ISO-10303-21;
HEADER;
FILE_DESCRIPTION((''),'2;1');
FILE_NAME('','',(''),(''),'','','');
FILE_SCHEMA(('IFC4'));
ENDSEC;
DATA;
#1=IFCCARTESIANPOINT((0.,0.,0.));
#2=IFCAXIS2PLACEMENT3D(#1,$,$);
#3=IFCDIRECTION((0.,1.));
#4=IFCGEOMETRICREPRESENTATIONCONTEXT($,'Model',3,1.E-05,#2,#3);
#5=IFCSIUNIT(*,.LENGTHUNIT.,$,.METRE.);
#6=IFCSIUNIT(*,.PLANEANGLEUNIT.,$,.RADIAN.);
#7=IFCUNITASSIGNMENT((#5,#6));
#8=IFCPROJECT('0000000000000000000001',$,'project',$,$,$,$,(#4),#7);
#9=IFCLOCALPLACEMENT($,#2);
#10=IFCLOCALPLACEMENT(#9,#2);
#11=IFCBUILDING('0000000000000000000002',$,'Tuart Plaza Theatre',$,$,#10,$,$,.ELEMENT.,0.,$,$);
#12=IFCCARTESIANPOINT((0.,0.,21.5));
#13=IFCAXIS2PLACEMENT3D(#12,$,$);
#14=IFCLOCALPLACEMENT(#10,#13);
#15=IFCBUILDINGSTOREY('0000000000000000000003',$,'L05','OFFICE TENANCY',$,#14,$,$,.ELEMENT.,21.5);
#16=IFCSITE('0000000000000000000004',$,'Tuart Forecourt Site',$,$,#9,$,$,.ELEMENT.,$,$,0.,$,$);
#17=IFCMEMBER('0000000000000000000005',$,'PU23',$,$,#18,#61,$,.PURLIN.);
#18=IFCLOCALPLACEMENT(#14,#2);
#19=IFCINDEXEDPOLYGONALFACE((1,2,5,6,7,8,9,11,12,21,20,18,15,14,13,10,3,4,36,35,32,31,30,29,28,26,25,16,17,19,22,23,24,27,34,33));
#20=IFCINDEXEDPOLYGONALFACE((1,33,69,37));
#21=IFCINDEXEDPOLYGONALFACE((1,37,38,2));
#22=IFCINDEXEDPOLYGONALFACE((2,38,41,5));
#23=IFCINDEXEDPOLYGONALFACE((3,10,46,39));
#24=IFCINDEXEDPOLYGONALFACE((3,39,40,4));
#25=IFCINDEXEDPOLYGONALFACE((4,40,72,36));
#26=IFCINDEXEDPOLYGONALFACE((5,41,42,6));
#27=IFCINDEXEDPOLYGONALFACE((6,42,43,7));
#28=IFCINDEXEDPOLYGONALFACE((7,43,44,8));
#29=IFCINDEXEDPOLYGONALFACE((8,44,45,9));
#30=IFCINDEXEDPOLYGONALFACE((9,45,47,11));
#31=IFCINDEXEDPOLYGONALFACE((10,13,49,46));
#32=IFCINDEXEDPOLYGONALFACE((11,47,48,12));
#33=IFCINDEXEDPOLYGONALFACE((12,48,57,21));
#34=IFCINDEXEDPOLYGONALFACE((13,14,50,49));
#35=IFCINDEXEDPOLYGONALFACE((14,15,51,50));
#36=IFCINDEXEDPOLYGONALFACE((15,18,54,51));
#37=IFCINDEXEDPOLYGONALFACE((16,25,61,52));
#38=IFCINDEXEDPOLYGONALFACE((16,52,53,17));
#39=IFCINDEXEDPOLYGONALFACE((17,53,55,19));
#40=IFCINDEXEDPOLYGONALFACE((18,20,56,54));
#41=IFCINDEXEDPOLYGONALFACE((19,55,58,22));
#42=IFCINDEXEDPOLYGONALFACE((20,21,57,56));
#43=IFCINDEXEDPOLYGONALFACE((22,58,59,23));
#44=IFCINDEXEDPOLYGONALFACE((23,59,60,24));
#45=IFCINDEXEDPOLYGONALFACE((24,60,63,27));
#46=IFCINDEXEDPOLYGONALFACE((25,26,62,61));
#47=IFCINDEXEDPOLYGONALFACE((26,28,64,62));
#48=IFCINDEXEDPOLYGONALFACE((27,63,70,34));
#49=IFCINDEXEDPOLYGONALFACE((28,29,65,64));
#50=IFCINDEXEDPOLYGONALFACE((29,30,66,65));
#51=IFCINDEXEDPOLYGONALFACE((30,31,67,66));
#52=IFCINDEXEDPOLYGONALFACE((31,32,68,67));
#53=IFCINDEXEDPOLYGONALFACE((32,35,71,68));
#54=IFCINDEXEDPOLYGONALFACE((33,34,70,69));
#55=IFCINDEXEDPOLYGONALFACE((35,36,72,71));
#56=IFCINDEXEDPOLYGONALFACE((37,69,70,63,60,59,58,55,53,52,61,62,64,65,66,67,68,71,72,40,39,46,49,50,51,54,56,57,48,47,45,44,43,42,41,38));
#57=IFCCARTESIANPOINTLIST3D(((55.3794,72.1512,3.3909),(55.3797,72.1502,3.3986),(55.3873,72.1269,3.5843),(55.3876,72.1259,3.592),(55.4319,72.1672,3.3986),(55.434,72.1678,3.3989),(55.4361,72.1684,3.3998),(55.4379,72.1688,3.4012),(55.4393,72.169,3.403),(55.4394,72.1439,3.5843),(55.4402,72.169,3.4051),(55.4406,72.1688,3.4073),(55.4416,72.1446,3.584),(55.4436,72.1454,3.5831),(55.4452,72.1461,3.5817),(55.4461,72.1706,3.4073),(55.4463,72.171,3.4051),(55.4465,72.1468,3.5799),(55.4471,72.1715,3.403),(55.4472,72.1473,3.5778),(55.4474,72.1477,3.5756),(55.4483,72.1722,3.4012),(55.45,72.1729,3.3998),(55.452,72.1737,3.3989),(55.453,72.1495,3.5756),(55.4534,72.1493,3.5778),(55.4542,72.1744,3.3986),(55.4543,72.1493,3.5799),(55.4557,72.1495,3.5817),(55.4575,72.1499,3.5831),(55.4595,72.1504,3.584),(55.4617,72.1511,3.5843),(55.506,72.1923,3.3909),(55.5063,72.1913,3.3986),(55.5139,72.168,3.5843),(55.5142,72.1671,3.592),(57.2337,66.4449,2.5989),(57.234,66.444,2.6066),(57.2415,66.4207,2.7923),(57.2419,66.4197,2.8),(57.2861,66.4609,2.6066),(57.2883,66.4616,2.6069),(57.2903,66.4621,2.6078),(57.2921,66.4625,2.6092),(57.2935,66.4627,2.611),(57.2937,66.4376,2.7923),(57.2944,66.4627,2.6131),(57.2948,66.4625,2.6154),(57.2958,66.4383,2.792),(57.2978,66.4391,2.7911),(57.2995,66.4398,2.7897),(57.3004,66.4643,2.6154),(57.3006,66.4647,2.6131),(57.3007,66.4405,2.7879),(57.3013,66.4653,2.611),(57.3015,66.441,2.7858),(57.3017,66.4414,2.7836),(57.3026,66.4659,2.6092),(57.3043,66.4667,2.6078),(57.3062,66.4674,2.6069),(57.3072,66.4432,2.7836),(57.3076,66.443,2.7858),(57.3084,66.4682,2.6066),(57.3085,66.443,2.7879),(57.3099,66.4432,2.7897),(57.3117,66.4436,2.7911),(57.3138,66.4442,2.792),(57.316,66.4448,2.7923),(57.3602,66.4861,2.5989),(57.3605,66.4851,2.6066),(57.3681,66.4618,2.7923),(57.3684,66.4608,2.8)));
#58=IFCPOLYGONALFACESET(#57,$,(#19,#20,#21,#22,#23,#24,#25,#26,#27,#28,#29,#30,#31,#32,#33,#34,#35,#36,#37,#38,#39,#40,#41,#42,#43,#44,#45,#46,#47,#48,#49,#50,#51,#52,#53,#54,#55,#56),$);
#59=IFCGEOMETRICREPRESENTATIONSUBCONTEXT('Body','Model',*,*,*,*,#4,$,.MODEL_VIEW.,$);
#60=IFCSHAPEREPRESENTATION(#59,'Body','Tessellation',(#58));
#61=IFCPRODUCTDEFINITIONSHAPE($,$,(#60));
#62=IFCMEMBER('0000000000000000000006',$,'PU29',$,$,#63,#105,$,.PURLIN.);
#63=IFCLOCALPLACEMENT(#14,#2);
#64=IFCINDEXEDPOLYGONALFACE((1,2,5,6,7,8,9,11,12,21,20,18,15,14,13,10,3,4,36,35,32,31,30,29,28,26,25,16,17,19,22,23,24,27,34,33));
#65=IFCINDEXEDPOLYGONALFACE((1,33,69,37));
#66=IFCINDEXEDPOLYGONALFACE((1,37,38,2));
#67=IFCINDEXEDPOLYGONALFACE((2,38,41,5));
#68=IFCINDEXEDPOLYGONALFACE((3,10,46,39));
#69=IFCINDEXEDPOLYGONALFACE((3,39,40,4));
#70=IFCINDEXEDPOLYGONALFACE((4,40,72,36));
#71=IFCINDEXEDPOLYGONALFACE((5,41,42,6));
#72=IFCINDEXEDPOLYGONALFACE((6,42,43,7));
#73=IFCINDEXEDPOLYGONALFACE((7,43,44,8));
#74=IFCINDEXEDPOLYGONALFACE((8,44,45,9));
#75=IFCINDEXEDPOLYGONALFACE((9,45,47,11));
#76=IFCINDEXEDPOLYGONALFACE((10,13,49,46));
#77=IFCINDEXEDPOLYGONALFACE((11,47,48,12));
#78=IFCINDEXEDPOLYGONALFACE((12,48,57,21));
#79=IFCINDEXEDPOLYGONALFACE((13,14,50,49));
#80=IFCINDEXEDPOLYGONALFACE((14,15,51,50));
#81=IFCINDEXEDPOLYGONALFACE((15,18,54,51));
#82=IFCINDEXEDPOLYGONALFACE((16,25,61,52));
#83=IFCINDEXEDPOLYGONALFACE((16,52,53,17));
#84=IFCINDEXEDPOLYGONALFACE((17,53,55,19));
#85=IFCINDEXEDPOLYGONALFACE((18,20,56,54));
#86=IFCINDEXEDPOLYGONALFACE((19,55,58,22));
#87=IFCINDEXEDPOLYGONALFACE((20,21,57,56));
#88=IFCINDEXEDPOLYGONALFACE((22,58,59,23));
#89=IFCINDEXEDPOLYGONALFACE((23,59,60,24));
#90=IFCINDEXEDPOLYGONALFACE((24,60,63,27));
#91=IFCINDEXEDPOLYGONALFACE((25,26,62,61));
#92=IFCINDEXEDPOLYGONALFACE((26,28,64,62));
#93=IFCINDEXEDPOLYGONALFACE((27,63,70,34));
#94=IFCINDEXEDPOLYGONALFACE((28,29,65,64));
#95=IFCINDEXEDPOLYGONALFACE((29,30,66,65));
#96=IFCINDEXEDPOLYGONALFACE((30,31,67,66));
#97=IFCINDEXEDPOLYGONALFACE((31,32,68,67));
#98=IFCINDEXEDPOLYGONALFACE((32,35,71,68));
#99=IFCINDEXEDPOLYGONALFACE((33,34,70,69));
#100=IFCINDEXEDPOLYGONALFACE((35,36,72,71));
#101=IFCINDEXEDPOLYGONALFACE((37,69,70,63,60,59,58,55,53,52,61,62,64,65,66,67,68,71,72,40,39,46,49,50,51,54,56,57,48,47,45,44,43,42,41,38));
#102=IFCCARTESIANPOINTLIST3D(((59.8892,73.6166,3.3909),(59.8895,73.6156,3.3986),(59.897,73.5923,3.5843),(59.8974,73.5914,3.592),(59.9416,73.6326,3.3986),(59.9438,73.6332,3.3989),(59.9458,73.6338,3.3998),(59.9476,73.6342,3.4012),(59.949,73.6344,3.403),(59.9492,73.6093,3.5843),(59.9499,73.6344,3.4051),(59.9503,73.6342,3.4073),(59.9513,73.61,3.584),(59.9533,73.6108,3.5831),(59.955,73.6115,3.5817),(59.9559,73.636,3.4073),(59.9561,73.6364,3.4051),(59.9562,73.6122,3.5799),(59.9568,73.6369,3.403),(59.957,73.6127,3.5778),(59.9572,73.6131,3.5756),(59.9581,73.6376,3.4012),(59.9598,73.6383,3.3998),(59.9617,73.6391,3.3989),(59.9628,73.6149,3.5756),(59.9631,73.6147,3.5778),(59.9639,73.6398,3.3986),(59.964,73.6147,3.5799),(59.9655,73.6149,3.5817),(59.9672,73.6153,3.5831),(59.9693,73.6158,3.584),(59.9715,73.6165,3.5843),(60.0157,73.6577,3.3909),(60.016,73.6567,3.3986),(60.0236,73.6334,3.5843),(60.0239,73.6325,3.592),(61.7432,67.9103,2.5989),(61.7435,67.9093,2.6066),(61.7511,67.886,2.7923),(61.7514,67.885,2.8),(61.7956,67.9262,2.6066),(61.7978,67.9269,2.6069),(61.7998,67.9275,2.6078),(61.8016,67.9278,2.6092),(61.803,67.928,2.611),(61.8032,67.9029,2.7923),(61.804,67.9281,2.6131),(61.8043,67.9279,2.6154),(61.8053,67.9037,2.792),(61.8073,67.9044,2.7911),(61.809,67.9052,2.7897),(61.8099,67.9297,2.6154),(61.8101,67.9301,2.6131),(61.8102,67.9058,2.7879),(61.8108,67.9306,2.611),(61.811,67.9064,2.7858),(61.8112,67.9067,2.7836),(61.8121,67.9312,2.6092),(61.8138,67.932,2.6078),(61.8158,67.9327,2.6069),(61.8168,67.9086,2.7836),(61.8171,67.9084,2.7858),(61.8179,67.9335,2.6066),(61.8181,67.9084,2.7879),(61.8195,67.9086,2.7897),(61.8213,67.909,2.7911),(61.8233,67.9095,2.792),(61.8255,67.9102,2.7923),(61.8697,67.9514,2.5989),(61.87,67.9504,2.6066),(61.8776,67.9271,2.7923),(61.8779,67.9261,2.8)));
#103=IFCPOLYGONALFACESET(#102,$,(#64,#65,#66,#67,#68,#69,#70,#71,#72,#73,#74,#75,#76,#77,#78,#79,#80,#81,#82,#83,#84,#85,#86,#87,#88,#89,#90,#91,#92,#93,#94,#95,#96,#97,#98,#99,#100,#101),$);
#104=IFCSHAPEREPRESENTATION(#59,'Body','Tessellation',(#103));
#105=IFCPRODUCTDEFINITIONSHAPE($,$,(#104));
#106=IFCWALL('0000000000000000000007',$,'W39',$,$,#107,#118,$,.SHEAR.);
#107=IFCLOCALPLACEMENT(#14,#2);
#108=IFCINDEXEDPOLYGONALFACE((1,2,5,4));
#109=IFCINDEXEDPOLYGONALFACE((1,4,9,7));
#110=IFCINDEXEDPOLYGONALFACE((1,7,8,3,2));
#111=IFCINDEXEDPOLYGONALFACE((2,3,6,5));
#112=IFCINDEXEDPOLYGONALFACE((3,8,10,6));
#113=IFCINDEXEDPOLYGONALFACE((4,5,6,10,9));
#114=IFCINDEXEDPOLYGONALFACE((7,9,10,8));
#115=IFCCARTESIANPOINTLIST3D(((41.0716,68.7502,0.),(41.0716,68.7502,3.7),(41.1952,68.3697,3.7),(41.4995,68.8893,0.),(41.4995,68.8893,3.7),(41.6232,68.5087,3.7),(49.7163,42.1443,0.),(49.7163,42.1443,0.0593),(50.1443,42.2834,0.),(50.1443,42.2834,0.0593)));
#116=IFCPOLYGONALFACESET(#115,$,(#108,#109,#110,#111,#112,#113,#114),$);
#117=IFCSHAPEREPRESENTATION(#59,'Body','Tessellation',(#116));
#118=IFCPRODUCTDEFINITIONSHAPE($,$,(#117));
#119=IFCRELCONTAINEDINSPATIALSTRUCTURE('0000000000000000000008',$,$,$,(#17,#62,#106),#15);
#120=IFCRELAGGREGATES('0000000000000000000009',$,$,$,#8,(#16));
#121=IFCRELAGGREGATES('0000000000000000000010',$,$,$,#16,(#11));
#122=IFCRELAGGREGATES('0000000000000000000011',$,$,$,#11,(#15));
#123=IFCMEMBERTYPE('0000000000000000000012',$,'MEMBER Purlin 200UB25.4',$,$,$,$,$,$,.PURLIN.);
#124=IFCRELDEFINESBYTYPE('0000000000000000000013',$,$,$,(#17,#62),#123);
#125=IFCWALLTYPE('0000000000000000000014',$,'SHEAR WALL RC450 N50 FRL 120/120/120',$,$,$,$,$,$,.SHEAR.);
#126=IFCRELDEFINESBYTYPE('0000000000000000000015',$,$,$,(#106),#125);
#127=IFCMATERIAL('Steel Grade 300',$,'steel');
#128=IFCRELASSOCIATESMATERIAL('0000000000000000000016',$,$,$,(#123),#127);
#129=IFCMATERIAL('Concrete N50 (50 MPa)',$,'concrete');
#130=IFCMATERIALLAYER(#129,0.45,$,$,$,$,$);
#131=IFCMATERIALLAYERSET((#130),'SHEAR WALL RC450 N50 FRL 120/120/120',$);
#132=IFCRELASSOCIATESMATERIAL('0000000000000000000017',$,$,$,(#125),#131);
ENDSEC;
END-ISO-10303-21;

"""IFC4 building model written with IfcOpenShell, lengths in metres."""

from ifc_helpers import new_model, si_unit, direction, frame, origin, origin_2d, place, context, subcontext, project, spatial, polyline, i_section, outline, extrude, material, layer, layer_set, material_profile, profile_set, type_object, element, save


model = new_model("IFC4")

# Units and contexts
model_context = context("Model", 3, precision=1e-05, world=origin(), true_north=direction((0.0, 1.0)))
body_context = subcontext(model_context, "Body", "Model", "MODEL_VIEW")
ifc_project = project(units=[si_unit("LENGTHUNIT", "METRE"), si_unit("PLANEANGLEUNIT", "RADIAN")], contexts=[model_context])

# Site, building, storey
site_placement = place(None, origin())
site = spatial("IfcSite", under=ifc_project, at=site_placement, Name="Tuart Forecourt Site", CompositionType="ELEMENT", RefElevation=0.0)
building_placement = place(site_placement, origin())
building = spatial("IfcBuilding", under=site, at=building_placement, Name="Tuart Plaza Theatre", CompositionType="ELEMENT", ElevationOfRefHeight=0.0)
storey_placement = place(building_placement, frame((0.0, 0.0, 21.5)))
storey = spatial("IfcBuildingStorey", under=building, at=storey_placement, Name="L05", Description="OFFICE TENANCY", CompositionType="ELEMENT", Elevation=21.5)

# Members
ifc_material_1 = material(Name="Steel Grade 300", Category="steel")
ifc_material_profile_1 = material_profile(ifc_material_1, i_section(OverallWidth=0.1331, OverallDepth=0.2029, WebThickness=0.0059, FlangeThickness=0.0078, FilletRadius=0.0088, at=origin_2d()), Name="200UB25.4")
ifc_profile_set_1 = profile_set([ifc_material_profile_1], Name="Steel Grade 300")
member_type_1 = type_object("IfcMemberType", Name="MEMBER Purlin 200UB25.4", PredefinedType="PURLIN", material=ifc_profile_set_1)
for number, where, z_axis, x_axis, name in (
    (1, (57.301, 66.4529, 2.6995), (-0.306383, 0.94287, 0.130863), (-0.951049, -0.309041, 0.0), "PU23"),
    (2, (61.8105, 67.9182, 2.6995), (-0.306347, 0.942882, 0.130865), (-0.951061, -0.309004, 0.0), "PU29"),
):
    element("IfcMember", number, at=place(storey_placement, frame(where, z_axis=z_axis, x_axis=x_axis)), inside=storey, type_object=member_type_1, Name=name, PredefinedType="PURLIN", context=body_context, shape_type="SweptSolid", body=[
        extrude(i_section(OverallWidth=0.1331, OverallDepth=0.2029, WebThickness=0.0059, FlangeThickness=0.0078, FilletRadius=0.0088, at=origin_2d()), origin(), (0.0, 0.0, 1.0), 6.052),
    ])

# Wall
ifc_material_2 = material(Name="Concrete N50 (50 MPa)", Category="concrete")
ifc_layer = layer(ifc_material_2, 0.45)
ifc_layer_set = layer_set([ifc_layer], Name="SHEAR WALL RC450 N50 FRL 120/120/120")
wall_type = type_object("IfcWallType", Name="SHEAR WALL RC450 N50 FRL 120/120/120", PredefinedType="SHEAR", material=ifc_layer_set)
wall_placement = place(storey_placement, frame((49.9304, 42.2139, 0.0), z_axis=(0.0, 0.0, 1.0), x_axis=(-0.309016, 0.951057, 0.0)))
element("IfcWall", 3, at=wall_placement, inside=storey, type_object=wall_type, Name="W39", PredefinedType="SHEAR", context=body_context, shape_type="SweptSolid", body=[
    extrude(outline(polyline([(0.0, 0.0), (27.9751, 0.0), (27.9751, 3.7), (27.575, 3.7), (0.0, 0.0593), (0.0, 0.0)])), frame((0.0, 0.2251, 0.0), z_axis=(0.0, -1.0, 0.0), x_axis=(1.0, 0.0, 0.0)), (0.0, 0.0, 1.0), 0.45),
])

save(model, "model.ifc")
